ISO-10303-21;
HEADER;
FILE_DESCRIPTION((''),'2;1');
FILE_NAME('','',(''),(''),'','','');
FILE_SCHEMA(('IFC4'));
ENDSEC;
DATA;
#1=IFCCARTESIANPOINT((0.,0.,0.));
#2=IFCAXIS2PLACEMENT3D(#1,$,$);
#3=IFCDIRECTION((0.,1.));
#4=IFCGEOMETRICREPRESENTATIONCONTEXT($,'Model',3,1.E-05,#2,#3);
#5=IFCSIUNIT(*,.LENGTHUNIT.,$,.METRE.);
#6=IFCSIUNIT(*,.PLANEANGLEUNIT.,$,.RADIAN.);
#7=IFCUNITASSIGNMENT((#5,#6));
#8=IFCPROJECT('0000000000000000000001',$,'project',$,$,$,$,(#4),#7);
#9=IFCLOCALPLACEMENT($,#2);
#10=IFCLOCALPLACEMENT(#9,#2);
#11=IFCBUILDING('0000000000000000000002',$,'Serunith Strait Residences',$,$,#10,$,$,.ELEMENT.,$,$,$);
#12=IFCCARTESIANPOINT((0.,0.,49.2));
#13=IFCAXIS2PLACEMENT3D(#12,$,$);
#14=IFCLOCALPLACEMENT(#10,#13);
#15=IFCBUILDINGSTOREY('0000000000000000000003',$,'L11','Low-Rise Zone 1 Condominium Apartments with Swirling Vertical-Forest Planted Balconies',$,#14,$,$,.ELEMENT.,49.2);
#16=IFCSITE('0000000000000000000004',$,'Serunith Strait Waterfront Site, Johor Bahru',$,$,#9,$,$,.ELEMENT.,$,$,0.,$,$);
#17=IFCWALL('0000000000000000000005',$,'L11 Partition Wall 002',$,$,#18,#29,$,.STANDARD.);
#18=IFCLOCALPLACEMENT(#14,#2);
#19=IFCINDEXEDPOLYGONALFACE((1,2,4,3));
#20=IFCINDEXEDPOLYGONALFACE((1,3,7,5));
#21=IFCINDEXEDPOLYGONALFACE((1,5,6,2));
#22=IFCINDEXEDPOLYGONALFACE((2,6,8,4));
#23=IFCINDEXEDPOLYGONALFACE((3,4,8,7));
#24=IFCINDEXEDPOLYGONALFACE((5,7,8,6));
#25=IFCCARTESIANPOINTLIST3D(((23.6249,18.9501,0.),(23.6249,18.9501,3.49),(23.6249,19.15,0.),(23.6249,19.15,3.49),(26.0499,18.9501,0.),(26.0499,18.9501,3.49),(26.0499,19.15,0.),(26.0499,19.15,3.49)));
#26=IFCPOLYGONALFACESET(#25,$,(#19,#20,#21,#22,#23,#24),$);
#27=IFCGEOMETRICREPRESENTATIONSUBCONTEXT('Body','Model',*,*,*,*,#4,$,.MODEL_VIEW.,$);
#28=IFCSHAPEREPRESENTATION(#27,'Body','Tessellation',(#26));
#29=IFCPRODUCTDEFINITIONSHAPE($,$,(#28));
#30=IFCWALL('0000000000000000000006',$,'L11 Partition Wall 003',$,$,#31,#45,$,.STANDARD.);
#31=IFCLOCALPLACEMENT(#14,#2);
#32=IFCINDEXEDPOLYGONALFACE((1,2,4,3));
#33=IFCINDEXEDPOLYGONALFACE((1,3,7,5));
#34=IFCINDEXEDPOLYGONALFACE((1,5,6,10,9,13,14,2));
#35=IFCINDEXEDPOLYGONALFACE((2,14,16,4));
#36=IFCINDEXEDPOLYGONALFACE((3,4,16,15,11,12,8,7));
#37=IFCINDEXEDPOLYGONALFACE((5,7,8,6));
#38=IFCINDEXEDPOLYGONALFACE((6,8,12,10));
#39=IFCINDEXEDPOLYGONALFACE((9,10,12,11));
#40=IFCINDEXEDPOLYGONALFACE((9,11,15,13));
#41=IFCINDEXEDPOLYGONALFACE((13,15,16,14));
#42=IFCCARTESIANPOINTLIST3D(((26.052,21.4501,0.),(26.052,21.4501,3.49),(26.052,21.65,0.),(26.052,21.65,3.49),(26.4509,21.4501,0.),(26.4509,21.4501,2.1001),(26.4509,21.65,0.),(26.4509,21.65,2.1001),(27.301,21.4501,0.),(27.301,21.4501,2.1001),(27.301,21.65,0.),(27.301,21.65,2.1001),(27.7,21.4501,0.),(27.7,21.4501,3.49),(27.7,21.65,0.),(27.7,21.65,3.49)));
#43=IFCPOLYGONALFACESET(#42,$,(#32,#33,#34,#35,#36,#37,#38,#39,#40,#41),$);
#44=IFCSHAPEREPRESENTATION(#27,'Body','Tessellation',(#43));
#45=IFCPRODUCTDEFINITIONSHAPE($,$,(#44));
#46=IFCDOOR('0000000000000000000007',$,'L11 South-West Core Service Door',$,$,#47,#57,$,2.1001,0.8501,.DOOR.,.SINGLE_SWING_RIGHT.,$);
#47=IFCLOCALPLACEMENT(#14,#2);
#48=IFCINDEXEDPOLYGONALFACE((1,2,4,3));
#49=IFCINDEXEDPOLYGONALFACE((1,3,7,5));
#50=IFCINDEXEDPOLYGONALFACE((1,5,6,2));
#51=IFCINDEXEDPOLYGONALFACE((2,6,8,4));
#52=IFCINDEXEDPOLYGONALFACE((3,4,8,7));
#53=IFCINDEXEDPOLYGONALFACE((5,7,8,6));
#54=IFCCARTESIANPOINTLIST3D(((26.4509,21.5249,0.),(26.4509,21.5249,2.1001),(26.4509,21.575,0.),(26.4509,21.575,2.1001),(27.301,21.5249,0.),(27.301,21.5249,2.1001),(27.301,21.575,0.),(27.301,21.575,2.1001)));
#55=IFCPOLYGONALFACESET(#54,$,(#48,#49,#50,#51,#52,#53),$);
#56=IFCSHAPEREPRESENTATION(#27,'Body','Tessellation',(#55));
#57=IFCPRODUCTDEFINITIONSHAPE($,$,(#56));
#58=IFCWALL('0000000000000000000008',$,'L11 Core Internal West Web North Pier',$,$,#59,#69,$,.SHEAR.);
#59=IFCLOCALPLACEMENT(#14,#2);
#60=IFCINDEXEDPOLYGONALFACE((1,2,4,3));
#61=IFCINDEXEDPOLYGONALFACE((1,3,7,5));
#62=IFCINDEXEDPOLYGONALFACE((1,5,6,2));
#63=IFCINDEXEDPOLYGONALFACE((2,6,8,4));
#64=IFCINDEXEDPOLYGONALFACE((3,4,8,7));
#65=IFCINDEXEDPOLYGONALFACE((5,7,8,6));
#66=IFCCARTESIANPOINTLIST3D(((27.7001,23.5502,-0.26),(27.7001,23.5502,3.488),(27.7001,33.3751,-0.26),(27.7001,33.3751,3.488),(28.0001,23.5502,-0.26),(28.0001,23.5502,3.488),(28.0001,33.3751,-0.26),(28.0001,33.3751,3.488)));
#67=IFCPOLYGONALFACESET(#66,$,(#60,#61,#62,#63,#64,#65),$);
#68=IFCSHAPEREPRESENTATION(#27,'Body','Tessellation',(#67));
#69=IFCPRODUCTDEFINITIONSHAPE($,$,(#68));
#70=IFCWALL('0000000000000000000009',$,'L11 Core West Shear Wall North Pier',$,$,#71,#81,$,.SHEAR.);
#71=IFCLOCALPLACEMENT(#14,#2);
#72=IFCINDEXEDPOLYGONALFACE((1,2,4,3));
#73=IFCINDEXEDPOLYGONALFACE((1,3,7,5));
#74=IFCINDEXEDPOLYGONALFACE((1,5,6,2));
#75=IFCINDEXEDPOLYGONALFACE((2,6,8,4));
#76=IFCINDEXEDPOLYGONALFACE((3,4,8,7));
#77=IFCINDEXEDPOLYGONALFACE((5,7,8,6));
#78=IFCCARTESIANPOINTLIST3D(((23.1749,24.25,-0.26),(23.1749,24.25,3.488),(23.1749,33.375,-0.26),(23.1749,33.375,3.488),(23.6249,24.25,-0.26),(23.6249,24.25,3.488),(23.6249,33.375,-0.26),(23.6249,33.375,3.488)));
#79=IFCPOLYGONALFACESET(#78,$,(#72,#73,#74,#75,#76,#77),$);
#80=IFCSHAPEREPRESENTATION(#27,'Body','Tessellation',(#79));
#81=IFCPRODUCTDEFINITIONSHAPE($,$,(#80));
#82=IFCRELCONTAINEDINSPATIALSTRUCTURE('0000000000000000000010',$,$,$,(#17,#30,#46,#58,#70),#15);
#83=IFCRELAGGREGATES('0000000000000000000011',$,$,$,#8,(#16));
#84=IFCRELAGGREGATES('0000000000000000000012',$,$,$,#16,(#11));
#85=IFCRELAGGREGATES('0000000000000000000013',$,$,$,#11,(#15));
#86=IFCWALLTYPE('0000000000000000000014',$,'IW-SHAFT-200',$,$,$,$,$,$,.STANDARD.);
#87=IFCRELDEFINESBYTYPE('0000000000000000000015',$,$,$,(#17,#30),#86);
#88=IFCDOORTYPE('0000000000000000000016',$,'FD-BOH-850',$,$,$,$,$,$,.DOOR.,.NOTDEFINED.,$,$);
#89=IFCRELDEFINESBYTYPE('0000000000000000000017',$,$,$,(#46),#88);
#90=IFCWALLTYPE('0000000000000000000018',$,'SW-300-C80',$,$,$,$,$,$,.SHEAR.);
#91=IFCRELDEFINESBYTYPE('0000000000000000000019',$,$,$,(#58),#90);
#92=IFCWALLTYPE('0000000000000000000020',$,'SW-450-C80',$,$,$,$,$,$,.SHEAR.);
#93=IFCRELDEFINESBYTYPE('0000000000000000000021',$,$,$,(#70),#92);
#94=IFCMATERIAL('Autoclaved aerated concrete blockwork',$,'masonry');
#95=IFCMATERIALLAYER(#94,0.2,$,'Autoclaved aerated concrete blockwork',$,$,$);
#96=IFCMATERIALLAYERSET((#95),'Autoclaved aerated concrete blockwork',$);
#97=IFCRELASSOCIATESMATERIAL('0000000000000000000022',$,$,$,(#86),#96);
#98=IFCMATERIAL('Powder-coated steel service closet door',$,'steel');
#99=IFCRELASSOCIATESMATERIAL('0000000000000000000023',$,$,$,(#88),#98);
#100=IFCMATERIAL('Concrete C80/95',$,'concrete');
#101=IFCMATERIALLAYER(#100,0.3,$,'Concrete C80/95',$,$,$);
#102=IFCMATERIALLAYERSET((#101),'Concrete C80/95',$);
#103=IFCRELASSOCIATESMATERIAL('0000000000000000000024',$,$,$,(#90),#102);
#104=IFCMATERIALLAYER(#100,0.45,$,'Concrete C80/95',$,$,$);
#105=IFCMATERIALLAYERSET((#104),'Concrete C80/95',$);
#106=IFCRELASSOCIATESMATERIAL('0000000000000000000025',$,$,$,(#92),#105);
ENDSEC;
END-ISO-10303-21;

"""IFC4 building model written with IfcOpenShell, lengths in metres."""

from ifc_helpers import new_model, si_unit, direction, frame, frame_2d, origin, place, context, subcontext, project, spatial, rectangle, extrude, source, transform, mapped, material, layer, layer_set, type_object, element, fill, save


model = new_model("IFC4")

# Units and contexts
model_context = context("Model", 3, precision=1e-05, world=origin(), true_north=direction((0.0, 1.0)))
body_context = subcontext(model_context, "Body", "Model", "MODEL_VIEW")
ifc_project = project(units=[si_unit("LENGTHUNIT", "METRE"), si_unit("PLANEANGLEUNIT", "RADIAN")], contexts=[model_context])

# Site, building, storey
site_placement = place(None, origin())
site = spatial("IfcSite", under=ifc_project, at=site_placement, Name="Serunith Strait Waterfront Site, Johor Bahru", CompositionType="ELEMENT", RefElevation=0.0)
building_placement = place(site_placement, origin())
building = spatial("IfcBuilding", under=site, at=building_placement, Name="Serunith Strait Residences", CompositionType="ELEMENT")
storey_placement = place(building_placement, frame((0.0, 0.0, 49.2)))
storey = spatial("IfcBuildingStorey", under=building, at=storey_placement, Name="L11", Description="Low-Rise Zone 1 Condominium Apartments with Swirling Vertical-Forest Planted Balconies", CompositionType="ELEMENT", Elevation=49.2)

# Shared definitions
ifc_material_1 = material(Name="Autoclaved aerated concrete blockwork", Category="masonry")
ifc_layer_1 = layer(ifc_material_1, 0.2, Name="Autoclaved aerated concrete blockwork")
ifc_layer_set_1 = layer_set([ifc_layer_1], Name="Autoclaved aerated concrete blockwork")
wall_type_1 = type_object("IfcWallType", Name="IW-SHAFT-200", PredefinedType="STANDARD", material=ifc_layer_set_1)

# Wall
wall_1_placement = place(storey_placement, frame((23.625, 19.05, 0.0), z_axis=(0.0, 0.0, 1.0), x_axis=(1.0, 0.0, 0.0)))
element("IfcWall", 1, at=wall_1_placement, inside=storey, type_object=wall_type_1, Name="L11 Partition Wall 002", PredefinedType="STANDARD", context=body_context, shape_type="SweptSolid", body=[
    extrude(rectangle(XDim=2.425, YDim=0.2, at=frame_2d((1.2124, 0.0))), origin(), (0.0, 0.0, 1.0), 3.49),
])

# Wall, opening, door
wall_2_placement = place(storey_placement, frame((26.052, 21.55, 0.0), z_axis=(0.0, 0.0, 1.0), x_axis=(1.0, 0.0, 0.0)))
wall_2 = element("IfcWall", 2, at=wall_2_placement, inside=storey, type_object=wall_type_1, Name="L11 Partition Wall 003", PredefinedType="STANDARD", context=body_context, shape_type="SweptSolid", body=[
    extrude(rectangle(XDim=1.6479, YDim=0.2, at=frame_2d((0.824, 0.0))), origin(), (0.0, 0.0, 1.0), 3.49),
])
opening_1_placement = place(wall_2_placement, frame((0.3989, 0.0, 0.0)))
opening_1 = element("IfcOpeningElement", 3, at=opening_1_placement, cuts=wall_2, PredefinedType="OPENING", context=body_context, shape_type="SweptSolid", body=[
    extrude(rectangle(XDim=0.8501, YDim=2.1001, at=frame_2d((0.425, 1.05))), frame((0.0, 0.1099, 0.0), z_axis=(0.0, -1.0, 0.0), x_axis=(1.0, 0.0, 0.0)), (0.0, 0.0, 1.0), 0.22),
])
ifc_material_2 = material(Name="Powder-coated steel service closet door", Category="steel")
door_type_1 = type_object("IfcDoorType", Name="FD-BOH-850", OperationType="NOTDEFINED", PredefinedType="DOOR", material=ifc_material_2)
shared_shape_1 = source(origin(), body_context, "Body", "SweptSolid", [
    extrude(rectangle(XDim=0.8501, YDim=2.1001, at=frame_2d((0.425, 1.05))), frame((0.0, 0.0249, 0.0), z_axis=(0.0, -1.0, 0.0), x_axis=(1.0, 0.0, 0.0)), (0.0, 0.0, 1.0), 0.05),
])
door_1_placement = place(opening_1_placement, origin())
door_1 = element("IfcDoor", 4, at=door_1_placement, inside=storey, type_object=door_type_1, Name="L11 South-West Core Service Door", OperationType="SINGLE_SWING_RIGHT", OverallHeight=2.1001, OverallWidth=0.8501, PredefinedType="DOOR", context=body_context, shape_type="MappedRepresentation", body=[
    mapped(shared_shape_1, transform((0.0, 0.0, 0.0), scale=1.0)),
])
fill(opening_1, door_1)

# Walls
ifc_material_3 = material(Name="Concrete C80/95", Category="concrete")
ifc_layer_2 = layer(ifc_material_3, 0.3, Name="Concrete C80/95")
ifc_layer_set_2 = layer_set([ifc_layer_2], Name="Concrete C80/95")
wall_type_2 = type_object("IfcWallType", Name="SW-300-C80", PredefinedType="SHEAR", material=ifc_layer_set_2)
wall_3_placement = place(storey_placement, frame((27.8501, 23.55, -0.26), z_axis=(0.0, 0.0, 1.0), x_axis=(0.0, 1.0, 0.0)))
element("IfcWall", 5, at=wall_3_placement, inside=storey, type_object=wall_type_2, Name="L11 Core Internal West Web North Pier", PredefinedType="SHEAR", context=body_context, shape_type="SweptSolid", body=[
    extrude(rectangle(XDim=9.825, YDim=0.3, at=frame_2d((4.9126, 0.0))), origin(), (0.0, 0.0, 1.0), 3.748),
])
ifc_layer_3 = layer(ifc_material_3, 0.45, Name="Concrete C80/95")
ifc_layer_set_3 = layer_set([ifc_layer_3], Name="Concrete C80/95")
wall_type_3 = type_object("IfcWallType", Name="SW-450-C80", PredefinedType="SHEAR", material=ifc_layer_set_3)
wall_4_placement = place(storey_placement, frame((23.3999, 24.25, -0.26), z_axis=(0.0, 0.0, 1.0), x_axis=(0.0, 1.0, 0.0)))
element("IfcWall", 6, at=wall_4_placement, inside=storey, type_object=wall_type_3, Name="L11 Core West Shear Wall North Pier", PredefinedType="SHEAR", context=body_context, shape_type="SweptSolid", body=[
    extrude(rectangle(XDim=9.125, YDim=0.45, at=frame_2d((4.5625, 0.0))), origin(), (0.0, 0.0, 1.0), 3.748),
])

save(model, "model.ifc")
